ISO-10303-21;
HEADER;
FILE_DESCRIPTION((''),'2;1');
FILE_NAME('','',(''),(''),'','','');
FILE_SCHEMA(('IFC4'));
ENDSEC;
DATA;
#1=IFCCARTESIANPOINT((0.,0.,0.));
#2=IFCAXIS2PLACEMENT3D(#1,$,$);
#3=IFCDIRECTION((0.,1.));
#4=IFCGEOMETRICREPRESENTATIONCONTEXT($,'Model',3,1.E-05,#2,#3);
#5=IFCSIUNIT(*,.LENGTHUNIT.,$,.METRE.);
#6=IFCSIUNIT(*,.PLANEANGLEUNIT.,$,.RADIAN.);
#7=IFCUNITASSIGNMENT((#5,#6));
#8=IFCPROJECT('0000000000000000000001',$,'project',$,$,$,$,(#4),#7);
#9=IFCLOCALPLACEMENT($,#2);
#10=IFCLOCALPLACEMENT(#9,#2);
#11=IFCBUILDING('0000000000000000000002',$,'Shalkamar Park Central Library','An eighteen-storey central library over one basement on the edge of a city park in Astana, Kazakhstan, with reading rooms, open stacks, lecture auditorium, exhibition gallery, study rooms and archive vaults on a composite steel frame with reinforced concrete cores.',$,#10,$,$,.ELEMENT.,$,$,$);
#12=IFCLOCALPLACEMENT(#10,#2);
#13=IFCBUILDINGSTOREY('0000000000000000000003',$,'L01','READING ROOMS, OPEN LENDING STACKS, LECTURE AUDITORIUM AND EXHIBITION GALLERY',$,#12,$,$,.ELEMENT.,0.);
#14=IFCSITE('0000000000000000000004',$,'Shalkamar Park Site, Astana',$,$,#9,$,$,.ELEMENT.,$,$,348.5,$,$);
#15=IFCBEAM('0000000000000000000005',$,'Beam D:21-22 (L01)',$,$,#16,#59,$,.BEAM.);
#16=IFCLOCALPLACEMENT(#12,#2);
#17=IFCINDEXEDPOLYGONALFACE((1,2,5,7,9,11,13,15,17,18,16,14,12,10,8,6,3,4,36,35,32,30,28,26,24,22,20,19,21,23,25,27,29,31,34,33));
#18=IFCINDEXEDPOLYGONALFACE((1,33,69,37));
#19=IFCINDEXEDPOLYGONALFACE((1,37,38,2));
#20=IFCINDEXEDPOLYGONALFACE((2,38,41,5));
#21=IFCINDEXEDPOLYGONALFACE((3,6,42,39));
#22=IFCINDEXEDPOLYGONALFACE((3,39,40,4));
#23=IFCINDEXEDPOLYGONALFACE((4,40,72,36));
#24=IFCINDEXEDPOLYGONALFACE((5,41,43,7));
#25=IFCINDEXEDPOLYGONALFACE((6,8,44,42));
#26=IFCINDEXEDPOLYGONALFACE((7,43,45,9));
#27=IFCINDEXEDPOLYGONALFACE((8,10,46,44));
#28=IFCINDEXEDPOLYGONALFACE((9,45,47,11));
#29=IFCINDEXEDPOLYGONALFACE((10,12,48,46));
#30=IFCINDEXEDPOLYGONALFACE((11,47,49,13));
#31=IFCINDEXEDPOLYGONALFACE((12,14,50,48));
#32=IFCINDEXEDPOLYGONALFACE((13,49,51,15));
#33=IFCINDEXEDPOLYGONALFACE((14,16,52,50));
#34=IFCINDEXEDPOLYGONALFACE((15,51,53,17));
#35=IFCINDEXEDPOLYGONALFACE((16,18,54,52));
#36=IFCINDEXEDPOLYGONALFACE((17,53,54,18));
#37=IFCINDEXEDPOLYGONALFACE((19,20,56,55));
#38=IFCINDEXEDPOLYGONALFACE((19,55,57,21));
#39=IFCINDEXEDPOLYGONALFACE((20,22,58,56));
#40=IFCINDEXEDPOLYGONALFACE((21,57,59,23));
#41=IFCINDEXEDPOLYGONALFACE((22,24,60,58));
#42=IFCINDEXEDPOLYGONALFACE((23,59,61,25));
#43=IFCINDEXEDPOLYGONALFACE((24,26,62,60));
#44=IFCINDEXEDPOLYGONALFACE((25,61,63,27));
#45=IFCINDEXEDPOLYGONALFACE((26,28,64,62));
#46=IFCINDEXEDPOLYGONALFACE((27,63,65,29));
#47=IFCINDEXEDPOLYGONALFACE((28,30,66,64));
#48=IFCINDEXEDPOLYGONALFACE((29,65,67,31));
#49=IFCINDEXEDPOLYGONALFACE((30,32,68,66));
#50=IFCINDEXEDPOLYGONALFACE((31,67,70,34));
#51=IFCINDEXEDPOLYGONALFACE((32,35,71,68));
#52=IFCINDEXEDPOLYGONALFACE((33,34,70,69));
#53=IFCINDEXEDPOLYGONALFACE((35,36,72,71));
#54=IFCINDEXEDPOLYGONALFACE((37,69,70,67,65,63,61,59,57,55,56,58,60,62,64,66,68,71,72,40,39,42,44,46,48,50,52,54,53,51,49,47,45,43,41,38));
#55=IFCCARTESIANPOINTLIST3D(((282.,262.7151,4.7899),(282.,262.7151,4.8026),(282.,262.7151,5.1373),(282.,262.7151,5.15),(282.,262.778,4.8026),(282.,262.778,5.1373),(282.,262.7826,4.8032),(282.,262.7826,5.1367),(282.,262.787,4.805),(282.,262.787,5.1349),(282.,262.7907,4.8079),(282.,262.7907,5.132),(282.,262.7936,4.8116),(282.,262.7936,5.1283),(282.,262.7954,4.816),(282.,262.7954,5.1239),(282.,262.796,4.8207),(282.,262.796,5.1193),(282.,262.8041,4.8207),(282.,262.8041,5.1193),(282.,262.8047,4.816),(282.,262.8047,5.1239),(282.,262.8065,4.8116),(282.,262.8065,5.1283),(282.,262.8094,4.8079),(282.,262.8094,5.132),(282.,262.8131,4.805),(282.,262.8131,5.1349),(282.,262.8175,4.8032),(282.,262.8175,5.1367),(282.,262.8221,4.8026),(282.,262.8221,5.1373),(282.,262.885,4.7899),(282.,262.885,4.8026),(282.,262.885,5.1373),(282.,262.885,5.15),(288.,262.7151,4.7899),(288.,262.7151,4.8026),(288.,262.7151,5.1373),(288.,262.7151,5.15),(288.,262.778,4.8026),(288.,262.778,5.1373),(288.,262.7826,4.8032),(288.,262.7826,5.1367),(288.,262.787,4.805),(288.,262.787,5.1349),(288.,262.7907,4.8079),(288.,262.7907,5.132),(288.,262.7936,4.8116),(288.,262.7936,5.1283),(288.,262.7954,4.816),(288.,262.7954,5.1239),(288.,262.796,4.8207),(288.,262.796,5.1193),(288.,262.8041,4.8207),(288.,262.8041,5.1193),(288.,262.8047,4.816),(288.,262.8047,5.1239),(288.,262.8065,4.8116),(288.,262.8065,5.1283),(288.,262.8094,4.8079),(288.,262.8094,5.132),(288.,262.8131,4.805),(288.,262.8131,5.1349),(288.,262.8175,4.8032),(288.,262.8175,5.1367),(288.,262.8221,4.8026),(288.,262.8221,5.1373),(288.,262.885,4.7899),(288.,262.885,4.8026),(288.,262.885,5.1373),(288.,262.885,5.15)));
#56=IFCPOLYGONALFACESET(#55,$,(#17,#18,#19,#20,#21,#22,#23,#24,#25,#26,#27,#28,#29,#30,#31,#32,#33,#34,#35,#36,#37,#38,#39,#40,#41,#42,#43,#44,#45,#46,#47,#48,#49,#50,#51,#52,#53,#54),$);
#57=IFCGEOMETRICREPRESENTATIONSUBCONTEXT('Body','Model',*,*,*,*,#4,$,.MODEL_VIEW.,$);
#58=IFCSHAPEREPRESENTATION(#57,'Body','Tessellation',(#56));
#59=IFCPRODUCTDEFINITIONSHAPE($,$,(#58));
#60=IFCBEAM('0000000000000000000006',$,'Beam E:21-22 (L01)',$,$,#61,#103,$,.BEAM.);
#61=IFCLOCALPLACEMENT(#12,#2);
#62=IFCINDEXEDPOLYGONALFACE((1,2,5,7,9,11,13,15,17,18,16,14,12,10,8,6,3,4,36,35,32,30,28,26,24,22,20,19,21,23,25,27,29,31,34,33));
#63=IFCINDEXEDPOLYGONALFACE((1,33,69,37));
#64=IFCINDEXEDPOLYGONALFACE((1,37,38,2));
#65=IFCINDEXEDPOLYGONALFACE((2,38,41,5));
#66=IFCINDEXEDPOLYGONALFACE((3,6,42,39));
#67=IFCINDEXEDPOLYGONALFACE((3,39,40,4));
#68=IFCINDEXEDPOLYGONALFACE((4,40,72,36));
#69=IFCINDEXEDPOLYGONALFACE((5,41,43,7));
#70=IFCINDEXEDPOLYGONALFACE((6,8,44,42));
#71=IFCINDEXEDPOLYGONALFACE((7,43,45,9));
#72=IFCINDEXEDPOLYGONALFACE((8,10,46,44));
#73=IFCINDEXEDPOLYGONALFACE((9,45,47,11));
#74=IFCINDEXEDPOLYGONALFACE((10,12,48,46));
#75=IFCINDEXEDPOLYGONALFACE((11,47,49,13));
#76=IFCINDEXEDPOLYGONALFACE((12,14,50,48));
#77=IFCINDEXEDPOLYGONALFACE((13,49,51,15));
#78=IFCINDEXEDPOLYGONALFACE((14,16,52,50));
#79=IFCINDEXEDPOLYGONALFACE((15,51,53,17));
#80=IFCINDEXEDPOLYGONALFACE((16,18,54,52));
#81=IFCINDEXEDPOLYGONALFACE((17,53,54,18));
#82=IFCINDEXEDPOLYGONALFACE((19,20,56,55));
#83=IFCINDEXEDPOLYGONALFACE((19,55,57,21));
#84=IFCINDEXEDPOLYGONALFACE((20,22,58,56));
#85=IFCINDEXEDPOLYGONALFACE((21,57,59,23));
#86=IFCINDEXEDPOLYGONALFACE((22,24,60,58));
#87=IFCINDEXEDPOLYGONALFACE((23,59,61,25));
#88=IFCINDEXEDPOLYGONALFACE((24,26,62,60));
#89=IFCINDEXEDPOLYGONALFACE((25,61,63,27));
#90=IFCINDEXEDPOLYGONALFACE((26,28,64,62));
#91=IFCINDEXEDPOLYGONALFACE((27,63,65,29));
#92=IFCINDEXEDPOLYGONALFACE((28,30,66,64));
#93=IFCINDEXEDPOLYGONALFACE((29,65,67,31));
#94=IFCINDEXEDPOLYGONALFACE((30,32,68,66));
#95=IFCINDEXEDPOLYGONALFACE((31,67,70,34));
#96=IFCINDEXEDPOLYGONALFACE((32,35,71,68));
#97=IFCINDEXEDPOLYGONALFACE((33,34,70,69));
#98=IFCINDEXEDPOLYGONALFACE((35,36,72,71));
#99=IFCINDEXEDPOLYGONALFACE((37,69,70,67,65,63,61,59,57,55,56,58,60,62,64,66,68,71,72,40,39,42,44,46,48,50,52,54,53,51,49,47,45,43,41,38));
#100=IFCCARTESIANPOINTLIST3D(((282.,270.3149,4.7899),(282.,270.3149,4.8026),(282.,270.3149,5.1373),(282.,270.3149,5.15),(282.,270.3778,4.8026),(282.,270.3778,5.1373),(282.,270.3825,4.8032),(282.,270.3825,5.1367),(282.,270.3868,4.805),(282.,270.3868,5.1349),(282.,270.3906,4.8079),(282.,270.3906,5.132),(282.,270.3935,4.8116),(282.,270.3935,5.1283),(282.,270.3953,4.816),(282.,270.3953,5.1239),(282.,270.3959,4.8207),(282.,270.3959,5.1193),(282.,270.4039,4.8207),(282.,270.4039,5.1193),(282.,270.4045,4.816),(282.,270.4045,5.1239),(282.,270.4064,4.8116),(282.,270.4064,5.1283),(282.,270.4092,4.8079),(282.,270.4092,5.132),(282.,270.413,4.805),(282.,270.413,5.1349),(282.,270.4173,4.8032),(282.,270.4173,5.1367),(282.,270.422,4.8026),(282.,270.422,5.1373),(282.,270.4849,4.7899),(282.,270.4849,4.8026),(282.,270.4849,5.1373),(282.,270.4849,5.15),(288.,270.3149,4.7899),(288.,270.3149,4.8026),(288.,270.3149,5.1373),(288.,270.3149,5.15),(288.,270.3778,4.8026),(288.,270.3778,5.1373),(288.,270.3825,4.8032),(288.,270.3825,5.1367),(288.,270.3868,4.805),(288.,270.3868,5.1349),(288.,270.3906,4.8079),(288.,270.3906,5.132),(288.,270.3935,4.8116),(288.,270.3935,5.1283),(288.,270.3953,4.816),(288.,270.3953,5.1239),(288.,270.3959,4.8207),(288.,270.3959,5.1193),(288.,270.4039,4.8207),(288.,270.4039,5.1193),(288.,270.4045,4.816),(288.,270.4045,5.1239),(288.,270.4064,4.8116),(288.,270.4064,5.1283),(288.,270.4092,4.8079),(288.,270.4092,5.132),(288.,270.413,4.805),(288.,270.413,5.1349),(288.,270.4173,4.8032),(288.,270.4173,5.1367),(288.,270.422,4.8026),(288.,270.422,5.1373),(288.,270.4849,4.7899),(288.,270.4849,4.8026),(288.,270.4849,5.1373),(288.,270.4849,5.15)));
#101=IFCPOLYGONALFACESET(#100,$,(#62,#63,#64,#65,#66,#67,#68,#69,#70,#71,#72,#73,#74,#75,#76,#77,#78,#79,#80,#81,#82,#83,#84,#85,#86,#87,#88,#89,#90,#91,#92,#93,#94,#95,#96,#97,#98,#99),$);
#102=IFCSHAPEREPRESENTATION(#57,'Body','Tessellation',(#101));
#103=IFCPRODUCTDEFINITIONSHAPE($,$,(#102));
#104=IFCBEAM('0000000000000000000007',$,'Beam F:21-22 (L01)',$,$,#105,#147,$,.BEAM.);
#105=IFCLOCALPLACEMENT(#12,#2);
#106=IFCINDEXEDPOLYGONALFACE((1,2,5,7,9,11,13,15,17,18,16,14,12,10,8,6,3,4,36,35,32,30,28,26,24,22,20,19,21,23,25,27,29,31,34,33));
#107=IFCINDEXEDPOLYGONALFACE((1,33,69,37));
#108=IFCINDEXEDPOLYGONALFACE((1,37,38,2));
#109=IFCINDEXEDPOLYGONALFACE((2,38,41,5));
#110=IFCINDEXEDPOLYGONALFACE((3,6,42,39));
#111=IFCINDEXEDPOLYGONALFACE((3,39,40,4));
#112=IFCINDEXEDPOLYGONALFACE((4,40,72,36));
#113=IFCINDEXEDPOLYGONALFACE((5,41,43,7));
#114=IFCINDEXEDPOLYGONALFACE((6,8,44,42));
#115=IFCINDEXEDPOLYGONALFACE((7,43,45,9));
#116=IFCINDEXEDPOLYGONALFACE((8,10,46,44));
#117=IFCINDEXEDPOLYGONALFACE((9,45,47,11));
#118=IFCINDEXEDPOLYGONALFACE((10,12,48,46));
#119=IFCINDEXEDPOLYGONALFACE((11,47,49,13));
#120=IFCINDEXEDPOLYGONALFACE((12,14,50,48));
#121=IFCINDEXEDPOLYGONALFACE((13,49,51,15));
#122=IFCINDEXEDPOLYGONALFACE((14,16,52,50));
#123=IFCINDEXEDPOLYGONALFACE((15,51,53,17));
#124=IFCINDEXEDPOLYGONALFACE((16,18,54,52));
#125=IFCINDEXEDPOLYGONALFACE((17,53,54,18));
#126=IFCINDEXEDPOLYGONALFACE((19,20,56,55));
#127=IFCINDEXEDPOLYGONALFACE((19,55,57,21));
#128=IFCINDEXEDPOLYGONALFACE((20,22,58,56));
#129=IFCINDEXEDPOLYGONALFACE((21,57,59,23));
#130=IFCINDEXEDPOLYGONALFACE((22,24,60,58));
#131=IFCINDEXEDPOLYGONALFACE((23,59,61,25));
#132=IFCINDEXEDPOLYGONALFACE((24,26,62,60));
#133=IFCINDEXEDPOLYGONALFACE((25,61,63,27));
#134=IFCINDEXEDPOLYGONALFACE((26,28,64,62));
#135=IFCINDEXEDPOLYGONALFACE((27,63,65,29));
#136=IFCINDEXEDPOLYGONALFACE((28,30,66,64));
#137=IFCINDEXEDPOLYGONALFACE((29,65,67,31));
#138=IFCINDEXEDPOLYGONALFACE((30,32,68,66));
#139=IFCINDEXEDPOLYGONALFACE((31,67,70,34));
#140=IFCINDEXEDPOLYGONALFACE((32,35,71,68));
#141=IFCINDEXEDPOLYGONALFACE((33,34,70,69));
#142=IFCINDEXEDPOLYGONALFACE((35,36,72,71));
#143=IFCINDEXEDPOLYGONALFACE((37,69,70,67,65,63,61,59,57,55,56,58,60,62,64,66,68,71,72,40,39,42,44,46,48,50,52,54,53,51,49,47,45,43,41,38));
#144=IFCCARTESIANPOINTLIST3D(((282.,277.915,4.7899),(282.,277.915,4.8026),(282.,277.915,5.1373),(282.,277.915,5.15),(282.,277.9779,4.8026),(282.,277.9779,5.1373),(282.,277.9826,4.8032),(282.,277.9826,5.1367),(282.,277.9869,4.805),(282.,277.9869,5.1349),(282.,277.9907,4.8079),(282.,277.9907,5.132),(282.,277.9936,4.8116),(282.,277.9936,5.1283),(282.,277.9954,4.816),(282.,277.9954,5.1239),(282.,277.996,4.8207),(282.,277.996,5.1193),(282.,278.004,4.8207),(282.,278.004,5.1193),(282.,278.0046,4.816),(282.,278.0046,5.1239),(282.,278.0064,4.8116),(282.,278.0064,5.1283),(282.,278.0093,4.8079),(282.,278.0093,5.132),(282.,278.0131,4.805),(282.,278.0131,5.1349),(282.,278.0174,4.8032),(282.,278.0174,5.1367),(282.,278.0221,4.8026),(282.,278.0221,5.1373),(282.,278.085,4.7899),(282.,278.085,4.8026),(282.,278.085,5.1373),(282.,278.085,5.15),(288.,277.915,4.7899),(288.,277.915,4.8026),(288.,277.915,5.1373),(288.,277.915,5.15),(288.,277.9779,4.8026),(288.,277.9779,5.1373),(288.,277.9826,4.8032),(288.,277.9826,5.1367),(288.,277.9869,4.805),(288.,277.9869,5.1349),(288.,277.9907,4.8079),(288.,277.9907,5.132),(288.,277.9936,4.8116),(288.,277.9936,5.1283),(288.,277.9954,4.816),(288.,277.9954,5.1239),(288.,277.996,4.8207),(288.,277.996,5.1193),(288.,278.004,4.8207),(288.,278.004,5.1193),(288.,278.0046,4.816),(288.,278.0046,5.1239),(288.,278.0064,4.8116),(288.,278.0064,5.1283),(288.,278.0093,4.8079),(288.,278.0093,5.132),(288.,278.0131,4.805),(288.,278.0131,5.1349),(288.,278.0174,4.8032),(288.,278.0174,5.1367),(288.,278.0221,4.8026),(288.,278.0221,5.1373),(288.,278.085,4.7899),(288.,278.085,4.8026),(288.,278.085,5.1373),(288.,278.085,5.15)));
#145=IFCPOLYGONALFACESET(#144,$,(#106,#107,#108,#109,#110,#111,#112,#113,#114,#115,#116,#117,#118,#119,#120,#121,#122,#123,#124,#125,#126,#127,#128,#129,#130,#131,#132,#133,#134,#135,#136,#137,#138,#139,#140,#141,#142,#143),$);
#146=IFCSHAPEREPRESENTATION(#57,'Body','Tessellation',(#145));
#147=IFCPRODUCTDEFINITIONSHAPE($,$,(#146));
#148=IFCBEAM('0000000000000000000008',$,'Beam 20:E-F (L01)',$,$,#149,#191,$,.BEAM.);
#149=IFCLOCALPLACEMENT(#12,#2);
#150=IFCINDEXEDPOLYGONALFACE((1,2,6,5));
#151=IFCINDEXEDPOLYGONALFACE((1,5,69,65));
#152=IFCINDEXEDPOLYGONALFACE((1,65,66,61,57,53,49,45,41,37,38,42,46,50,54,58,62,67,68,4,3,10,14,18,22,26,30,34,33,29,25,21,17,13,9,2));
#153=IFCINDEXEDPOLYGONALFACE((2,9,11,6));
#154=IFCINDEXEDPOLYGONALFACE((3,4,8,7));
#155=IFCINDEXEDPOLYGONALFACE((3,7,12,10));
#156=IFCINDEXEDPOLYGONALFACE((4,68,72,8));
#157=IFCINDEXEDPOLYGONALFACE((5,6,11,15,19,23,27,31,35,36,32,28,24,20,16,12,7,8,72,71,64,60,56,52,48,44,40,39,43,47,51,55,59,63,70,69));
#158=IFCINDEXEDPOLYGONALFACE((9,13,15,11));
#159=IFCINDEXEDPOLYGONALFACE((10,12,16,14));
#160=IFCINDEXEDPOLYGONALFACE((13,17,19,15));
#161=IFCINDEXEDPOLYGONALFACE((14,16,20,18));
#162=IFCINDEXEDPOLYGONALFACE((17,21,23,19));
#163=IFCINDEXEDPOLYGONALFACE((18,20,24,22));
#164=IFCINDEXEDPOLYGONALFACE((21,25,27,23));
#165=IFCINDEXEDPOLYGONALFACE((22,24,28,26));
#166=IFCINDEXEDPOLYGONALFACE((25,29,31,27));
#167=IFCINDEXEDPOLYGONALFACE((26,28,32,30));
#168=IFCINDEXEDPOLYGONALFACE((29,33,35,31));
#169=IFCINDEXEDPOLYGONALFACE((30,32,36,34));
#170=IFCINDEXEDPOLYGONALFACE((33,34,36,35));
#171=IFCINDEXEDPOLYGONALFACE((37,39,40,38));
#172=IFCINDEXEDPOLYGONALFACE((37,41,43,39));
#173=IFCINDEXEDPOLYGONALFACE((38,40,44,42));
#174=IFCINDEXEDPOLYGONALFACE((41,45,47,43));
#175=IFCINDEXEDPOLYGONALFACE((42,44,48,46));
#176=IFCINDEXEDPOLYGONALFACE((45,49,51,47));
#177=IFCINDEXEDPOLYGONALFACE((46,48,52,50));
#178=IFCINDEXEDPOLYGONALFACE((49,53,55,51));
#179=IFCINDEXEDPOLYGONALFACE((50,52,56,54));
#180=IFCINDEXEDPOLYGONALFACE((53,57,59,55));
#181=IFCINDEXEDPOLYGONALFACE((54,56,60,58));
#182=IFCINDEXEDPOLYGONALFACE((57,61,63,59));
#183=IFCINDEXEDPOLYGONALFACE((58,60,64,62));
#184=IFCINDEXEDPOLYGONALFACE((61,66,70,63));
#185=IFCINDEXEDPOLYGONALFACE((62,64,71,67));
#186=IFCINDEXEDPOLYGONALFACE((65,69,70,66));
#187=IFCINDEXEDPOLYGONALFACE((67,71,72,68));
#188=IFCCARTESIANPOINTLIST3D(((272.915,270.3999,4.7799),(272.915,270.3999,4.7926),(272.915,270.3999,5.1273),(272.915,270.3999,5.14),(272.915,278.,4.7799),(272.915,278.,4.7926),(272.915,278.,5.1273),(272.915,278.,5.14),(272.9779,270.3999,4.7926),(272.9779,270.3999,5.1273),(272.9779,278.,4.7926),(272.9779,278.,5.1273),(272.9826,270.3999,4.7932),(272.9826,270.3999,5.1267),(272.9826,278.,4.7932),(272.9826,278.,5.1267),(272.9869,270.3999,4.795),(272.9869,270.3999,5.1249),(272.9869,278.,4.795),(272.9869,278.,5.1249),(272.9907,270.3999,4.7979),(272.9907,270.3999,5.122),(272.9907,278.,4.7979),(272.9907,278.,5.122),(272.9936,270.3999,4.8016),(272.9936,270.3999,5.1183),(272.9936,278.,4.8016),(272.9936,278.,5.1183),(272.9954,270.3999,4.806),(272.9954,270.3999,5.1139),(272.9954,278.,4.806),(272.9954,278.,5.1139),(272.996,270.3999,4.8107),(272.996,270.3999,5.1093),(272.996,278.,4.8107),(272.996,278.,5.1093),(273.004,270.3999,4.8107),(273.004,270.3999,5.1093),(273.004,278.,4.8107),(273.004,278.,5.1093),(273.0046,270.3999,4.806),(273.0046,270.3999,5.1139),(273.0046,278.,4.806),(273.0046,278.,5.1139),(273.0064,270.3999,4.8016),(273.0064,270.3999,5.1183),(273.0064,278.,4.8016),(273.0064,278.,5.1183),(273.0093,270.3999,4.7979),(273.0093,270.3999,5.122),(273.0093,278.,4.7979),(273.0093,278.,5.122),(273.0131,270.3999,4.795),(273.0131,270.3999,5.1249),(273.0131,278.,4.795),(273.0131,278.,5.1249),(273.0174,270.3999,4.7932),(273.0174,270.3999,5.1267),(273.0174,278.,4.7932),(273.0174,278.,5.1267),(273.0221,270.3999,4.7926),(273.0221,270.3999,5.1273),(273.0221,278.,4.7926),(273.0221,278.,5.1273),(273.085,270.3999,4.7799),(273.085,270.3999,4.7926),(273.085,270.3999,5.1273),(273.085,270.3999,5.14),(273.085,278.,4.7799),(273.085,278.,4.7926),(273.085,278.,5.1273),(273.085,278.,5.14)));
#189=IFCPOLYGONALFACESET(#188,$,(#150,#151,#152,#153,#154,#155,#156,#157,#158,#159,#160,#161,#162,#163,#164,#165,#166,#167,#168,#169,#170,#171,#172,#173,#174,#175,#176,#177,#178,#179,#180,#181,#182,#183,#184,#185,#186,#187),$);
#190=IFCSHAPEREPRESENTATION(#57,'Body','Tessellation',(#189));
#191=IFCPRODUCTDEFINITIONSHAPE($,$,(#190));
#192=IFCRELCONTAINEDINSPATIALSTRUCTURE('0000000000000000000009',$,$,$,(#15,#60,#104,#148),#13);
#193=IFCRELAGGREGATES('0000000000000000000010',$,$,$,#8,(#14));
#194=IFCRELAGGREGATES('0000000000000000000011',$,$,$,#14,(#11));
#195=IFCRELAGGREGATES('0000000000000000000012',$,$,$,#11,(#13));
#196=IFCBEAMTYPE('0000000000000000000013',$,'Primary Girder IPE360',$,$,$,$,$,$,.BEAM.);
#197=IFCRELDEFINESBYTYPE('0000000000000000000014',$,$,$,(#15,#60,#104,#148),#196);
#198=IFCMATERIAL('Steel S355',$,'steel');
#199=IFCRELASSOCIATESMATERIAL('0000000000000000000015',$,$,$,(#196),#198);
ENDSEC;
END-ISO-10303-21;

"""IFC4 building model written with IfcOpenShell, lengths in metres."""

from ifc_helpers import new_model, si_unit, direction, frame, origin, origin_2d, place, context, subcontext, project, spatial, i_section, extrude, material, material_profile, profile_set, type_object, element, save


model = new_model("IFC4")

# Units and contexts
model_context = context("Model", 3, precision=1e-05, world=origin(), true_north=direction((0.0, 1.0)))
body_context = subcontext(model_context, "Body", "Model", "MODEL_VIEW")
ifc_project = project(units=[si_unit("LENGTHUNIT", "METRE"), si_unit("PLANEANGLEUNIT", "RADIAN")], contexts=[model_context])

# Site, building, storey
site_placement = place(None, origin())
site = spatial("IfcSite", under=ifc_project, at=site_placement, Name="Shalkamar Park Site, Astana", CompositionType="ELEMENT", RefElevation=348.5)
building_placement = place(site_placement, origin())
building = spatial("IfcBuilding", under=site, at=building_placement, Name="Shalkamar Park Central Library", Description="An eighteen-storey central library over one basement on the edge of a city park in Astana, Kazakhstan, with reading rooms, open stacks, lecture auditorium, exhibition gallery, study rooms and archive vaults on a composite steel frame with reinforced concrete cores.", CompositionType="ELEMENT")
storey_placement = place(building_placement, origin())
storey = spatial("IfcBuildingStorey", under=building, at=storey_placement, Name="L01", Description="READING ROOMS, OPEN LENDING STACKS, LECTURE AUDITORIUM AND EXHIBITION GALLERY", CompositionType="ELEMENT", Elevation=0.0)

# Shared definitions
ifc_material_1 = material(Name="Steel S355", Category="steel")

# Beams
ifc_material_profile_1 = material_profile(ifc_material_1, i_section(OverallWidth=0.1699, OverallDepth=0.3601, WebThickness=0.0081, FlangeThickness=0.0127, FilletRadius=0.0181, at=origin_2d()), Name="IPE 360")
ifc_profile_set_1 = profile_set([ifc_material_profile_1], Name="Steel S355")
beam_type_1 = type_object("IfcBeamType", Name="Primary Girder IPE360", PredefinedType="BEAM", material=ifc_profile_set_1)
for number, where, z_axis, x_axis, name in (
    (1, (282.0, 262.8, 4.97), (1.0, 0.0, 0.0), (0.0, 1.0, 0.0), "Beam D:21-22 (L01)"),
    (2, (282.0, 270.3999, 4.97), (1.0, 0.0, 0.0), (0.0, 1.0, 0.0), "Beam E:21-22 (L01)"),
    (3, (282.0, 278.0, 4.97), (1.0, 0.0, 0.0), (0.0, 1.0, 0.0), "Beam F:21-22 (L01)"),
):
    element("IfcBeam", number, at=place(storey_placement, frame(where, z_axis=z_axis, x_axis=x_axis)), inside=storey, type_object=beam_type_1, Name=name, PredefinedType="BEAM", context=body_context, shape_type="SweptSolid", body=[
        extrude(i_section(OverallWidth=0.1699, OverallDepth=0.3601, WebThickness=0.0081, FlangeThickness=0.0127, FilletRadius=0.0181, at=origin_2d()), origin(), (0.0, 0.0, 1.0), 6.0),
    ])
for number, where, z_axis, x_axis, name in (
    (4, (273.0, 270.3999, 4.96), (0.0, 1.0, 0.0), (-1.0, 0.0, 0.0), "Beam 20:E-F (L01)"),
):
    element("IfcBeam", number, at=place(storey_placement, frame(where, z_axis=z_axis, x_axis=x_axis)), inside=storey, type_object=beam_type_1, Name=name, PredefinedType="BEAM", context=body_context, shape_type="SweptSolid", body=[
        extrude(i_section(OverallWidth=0.1699, OverallDepth=0.3601, WebThickness=0.0081, FlangeThickness=0.0127, FilletRadius=0.0181, at=origin_2d()), origin(), (0.0, 0.0, 1.0), 7.6001),
    ])

save(model, "model.ifc")
